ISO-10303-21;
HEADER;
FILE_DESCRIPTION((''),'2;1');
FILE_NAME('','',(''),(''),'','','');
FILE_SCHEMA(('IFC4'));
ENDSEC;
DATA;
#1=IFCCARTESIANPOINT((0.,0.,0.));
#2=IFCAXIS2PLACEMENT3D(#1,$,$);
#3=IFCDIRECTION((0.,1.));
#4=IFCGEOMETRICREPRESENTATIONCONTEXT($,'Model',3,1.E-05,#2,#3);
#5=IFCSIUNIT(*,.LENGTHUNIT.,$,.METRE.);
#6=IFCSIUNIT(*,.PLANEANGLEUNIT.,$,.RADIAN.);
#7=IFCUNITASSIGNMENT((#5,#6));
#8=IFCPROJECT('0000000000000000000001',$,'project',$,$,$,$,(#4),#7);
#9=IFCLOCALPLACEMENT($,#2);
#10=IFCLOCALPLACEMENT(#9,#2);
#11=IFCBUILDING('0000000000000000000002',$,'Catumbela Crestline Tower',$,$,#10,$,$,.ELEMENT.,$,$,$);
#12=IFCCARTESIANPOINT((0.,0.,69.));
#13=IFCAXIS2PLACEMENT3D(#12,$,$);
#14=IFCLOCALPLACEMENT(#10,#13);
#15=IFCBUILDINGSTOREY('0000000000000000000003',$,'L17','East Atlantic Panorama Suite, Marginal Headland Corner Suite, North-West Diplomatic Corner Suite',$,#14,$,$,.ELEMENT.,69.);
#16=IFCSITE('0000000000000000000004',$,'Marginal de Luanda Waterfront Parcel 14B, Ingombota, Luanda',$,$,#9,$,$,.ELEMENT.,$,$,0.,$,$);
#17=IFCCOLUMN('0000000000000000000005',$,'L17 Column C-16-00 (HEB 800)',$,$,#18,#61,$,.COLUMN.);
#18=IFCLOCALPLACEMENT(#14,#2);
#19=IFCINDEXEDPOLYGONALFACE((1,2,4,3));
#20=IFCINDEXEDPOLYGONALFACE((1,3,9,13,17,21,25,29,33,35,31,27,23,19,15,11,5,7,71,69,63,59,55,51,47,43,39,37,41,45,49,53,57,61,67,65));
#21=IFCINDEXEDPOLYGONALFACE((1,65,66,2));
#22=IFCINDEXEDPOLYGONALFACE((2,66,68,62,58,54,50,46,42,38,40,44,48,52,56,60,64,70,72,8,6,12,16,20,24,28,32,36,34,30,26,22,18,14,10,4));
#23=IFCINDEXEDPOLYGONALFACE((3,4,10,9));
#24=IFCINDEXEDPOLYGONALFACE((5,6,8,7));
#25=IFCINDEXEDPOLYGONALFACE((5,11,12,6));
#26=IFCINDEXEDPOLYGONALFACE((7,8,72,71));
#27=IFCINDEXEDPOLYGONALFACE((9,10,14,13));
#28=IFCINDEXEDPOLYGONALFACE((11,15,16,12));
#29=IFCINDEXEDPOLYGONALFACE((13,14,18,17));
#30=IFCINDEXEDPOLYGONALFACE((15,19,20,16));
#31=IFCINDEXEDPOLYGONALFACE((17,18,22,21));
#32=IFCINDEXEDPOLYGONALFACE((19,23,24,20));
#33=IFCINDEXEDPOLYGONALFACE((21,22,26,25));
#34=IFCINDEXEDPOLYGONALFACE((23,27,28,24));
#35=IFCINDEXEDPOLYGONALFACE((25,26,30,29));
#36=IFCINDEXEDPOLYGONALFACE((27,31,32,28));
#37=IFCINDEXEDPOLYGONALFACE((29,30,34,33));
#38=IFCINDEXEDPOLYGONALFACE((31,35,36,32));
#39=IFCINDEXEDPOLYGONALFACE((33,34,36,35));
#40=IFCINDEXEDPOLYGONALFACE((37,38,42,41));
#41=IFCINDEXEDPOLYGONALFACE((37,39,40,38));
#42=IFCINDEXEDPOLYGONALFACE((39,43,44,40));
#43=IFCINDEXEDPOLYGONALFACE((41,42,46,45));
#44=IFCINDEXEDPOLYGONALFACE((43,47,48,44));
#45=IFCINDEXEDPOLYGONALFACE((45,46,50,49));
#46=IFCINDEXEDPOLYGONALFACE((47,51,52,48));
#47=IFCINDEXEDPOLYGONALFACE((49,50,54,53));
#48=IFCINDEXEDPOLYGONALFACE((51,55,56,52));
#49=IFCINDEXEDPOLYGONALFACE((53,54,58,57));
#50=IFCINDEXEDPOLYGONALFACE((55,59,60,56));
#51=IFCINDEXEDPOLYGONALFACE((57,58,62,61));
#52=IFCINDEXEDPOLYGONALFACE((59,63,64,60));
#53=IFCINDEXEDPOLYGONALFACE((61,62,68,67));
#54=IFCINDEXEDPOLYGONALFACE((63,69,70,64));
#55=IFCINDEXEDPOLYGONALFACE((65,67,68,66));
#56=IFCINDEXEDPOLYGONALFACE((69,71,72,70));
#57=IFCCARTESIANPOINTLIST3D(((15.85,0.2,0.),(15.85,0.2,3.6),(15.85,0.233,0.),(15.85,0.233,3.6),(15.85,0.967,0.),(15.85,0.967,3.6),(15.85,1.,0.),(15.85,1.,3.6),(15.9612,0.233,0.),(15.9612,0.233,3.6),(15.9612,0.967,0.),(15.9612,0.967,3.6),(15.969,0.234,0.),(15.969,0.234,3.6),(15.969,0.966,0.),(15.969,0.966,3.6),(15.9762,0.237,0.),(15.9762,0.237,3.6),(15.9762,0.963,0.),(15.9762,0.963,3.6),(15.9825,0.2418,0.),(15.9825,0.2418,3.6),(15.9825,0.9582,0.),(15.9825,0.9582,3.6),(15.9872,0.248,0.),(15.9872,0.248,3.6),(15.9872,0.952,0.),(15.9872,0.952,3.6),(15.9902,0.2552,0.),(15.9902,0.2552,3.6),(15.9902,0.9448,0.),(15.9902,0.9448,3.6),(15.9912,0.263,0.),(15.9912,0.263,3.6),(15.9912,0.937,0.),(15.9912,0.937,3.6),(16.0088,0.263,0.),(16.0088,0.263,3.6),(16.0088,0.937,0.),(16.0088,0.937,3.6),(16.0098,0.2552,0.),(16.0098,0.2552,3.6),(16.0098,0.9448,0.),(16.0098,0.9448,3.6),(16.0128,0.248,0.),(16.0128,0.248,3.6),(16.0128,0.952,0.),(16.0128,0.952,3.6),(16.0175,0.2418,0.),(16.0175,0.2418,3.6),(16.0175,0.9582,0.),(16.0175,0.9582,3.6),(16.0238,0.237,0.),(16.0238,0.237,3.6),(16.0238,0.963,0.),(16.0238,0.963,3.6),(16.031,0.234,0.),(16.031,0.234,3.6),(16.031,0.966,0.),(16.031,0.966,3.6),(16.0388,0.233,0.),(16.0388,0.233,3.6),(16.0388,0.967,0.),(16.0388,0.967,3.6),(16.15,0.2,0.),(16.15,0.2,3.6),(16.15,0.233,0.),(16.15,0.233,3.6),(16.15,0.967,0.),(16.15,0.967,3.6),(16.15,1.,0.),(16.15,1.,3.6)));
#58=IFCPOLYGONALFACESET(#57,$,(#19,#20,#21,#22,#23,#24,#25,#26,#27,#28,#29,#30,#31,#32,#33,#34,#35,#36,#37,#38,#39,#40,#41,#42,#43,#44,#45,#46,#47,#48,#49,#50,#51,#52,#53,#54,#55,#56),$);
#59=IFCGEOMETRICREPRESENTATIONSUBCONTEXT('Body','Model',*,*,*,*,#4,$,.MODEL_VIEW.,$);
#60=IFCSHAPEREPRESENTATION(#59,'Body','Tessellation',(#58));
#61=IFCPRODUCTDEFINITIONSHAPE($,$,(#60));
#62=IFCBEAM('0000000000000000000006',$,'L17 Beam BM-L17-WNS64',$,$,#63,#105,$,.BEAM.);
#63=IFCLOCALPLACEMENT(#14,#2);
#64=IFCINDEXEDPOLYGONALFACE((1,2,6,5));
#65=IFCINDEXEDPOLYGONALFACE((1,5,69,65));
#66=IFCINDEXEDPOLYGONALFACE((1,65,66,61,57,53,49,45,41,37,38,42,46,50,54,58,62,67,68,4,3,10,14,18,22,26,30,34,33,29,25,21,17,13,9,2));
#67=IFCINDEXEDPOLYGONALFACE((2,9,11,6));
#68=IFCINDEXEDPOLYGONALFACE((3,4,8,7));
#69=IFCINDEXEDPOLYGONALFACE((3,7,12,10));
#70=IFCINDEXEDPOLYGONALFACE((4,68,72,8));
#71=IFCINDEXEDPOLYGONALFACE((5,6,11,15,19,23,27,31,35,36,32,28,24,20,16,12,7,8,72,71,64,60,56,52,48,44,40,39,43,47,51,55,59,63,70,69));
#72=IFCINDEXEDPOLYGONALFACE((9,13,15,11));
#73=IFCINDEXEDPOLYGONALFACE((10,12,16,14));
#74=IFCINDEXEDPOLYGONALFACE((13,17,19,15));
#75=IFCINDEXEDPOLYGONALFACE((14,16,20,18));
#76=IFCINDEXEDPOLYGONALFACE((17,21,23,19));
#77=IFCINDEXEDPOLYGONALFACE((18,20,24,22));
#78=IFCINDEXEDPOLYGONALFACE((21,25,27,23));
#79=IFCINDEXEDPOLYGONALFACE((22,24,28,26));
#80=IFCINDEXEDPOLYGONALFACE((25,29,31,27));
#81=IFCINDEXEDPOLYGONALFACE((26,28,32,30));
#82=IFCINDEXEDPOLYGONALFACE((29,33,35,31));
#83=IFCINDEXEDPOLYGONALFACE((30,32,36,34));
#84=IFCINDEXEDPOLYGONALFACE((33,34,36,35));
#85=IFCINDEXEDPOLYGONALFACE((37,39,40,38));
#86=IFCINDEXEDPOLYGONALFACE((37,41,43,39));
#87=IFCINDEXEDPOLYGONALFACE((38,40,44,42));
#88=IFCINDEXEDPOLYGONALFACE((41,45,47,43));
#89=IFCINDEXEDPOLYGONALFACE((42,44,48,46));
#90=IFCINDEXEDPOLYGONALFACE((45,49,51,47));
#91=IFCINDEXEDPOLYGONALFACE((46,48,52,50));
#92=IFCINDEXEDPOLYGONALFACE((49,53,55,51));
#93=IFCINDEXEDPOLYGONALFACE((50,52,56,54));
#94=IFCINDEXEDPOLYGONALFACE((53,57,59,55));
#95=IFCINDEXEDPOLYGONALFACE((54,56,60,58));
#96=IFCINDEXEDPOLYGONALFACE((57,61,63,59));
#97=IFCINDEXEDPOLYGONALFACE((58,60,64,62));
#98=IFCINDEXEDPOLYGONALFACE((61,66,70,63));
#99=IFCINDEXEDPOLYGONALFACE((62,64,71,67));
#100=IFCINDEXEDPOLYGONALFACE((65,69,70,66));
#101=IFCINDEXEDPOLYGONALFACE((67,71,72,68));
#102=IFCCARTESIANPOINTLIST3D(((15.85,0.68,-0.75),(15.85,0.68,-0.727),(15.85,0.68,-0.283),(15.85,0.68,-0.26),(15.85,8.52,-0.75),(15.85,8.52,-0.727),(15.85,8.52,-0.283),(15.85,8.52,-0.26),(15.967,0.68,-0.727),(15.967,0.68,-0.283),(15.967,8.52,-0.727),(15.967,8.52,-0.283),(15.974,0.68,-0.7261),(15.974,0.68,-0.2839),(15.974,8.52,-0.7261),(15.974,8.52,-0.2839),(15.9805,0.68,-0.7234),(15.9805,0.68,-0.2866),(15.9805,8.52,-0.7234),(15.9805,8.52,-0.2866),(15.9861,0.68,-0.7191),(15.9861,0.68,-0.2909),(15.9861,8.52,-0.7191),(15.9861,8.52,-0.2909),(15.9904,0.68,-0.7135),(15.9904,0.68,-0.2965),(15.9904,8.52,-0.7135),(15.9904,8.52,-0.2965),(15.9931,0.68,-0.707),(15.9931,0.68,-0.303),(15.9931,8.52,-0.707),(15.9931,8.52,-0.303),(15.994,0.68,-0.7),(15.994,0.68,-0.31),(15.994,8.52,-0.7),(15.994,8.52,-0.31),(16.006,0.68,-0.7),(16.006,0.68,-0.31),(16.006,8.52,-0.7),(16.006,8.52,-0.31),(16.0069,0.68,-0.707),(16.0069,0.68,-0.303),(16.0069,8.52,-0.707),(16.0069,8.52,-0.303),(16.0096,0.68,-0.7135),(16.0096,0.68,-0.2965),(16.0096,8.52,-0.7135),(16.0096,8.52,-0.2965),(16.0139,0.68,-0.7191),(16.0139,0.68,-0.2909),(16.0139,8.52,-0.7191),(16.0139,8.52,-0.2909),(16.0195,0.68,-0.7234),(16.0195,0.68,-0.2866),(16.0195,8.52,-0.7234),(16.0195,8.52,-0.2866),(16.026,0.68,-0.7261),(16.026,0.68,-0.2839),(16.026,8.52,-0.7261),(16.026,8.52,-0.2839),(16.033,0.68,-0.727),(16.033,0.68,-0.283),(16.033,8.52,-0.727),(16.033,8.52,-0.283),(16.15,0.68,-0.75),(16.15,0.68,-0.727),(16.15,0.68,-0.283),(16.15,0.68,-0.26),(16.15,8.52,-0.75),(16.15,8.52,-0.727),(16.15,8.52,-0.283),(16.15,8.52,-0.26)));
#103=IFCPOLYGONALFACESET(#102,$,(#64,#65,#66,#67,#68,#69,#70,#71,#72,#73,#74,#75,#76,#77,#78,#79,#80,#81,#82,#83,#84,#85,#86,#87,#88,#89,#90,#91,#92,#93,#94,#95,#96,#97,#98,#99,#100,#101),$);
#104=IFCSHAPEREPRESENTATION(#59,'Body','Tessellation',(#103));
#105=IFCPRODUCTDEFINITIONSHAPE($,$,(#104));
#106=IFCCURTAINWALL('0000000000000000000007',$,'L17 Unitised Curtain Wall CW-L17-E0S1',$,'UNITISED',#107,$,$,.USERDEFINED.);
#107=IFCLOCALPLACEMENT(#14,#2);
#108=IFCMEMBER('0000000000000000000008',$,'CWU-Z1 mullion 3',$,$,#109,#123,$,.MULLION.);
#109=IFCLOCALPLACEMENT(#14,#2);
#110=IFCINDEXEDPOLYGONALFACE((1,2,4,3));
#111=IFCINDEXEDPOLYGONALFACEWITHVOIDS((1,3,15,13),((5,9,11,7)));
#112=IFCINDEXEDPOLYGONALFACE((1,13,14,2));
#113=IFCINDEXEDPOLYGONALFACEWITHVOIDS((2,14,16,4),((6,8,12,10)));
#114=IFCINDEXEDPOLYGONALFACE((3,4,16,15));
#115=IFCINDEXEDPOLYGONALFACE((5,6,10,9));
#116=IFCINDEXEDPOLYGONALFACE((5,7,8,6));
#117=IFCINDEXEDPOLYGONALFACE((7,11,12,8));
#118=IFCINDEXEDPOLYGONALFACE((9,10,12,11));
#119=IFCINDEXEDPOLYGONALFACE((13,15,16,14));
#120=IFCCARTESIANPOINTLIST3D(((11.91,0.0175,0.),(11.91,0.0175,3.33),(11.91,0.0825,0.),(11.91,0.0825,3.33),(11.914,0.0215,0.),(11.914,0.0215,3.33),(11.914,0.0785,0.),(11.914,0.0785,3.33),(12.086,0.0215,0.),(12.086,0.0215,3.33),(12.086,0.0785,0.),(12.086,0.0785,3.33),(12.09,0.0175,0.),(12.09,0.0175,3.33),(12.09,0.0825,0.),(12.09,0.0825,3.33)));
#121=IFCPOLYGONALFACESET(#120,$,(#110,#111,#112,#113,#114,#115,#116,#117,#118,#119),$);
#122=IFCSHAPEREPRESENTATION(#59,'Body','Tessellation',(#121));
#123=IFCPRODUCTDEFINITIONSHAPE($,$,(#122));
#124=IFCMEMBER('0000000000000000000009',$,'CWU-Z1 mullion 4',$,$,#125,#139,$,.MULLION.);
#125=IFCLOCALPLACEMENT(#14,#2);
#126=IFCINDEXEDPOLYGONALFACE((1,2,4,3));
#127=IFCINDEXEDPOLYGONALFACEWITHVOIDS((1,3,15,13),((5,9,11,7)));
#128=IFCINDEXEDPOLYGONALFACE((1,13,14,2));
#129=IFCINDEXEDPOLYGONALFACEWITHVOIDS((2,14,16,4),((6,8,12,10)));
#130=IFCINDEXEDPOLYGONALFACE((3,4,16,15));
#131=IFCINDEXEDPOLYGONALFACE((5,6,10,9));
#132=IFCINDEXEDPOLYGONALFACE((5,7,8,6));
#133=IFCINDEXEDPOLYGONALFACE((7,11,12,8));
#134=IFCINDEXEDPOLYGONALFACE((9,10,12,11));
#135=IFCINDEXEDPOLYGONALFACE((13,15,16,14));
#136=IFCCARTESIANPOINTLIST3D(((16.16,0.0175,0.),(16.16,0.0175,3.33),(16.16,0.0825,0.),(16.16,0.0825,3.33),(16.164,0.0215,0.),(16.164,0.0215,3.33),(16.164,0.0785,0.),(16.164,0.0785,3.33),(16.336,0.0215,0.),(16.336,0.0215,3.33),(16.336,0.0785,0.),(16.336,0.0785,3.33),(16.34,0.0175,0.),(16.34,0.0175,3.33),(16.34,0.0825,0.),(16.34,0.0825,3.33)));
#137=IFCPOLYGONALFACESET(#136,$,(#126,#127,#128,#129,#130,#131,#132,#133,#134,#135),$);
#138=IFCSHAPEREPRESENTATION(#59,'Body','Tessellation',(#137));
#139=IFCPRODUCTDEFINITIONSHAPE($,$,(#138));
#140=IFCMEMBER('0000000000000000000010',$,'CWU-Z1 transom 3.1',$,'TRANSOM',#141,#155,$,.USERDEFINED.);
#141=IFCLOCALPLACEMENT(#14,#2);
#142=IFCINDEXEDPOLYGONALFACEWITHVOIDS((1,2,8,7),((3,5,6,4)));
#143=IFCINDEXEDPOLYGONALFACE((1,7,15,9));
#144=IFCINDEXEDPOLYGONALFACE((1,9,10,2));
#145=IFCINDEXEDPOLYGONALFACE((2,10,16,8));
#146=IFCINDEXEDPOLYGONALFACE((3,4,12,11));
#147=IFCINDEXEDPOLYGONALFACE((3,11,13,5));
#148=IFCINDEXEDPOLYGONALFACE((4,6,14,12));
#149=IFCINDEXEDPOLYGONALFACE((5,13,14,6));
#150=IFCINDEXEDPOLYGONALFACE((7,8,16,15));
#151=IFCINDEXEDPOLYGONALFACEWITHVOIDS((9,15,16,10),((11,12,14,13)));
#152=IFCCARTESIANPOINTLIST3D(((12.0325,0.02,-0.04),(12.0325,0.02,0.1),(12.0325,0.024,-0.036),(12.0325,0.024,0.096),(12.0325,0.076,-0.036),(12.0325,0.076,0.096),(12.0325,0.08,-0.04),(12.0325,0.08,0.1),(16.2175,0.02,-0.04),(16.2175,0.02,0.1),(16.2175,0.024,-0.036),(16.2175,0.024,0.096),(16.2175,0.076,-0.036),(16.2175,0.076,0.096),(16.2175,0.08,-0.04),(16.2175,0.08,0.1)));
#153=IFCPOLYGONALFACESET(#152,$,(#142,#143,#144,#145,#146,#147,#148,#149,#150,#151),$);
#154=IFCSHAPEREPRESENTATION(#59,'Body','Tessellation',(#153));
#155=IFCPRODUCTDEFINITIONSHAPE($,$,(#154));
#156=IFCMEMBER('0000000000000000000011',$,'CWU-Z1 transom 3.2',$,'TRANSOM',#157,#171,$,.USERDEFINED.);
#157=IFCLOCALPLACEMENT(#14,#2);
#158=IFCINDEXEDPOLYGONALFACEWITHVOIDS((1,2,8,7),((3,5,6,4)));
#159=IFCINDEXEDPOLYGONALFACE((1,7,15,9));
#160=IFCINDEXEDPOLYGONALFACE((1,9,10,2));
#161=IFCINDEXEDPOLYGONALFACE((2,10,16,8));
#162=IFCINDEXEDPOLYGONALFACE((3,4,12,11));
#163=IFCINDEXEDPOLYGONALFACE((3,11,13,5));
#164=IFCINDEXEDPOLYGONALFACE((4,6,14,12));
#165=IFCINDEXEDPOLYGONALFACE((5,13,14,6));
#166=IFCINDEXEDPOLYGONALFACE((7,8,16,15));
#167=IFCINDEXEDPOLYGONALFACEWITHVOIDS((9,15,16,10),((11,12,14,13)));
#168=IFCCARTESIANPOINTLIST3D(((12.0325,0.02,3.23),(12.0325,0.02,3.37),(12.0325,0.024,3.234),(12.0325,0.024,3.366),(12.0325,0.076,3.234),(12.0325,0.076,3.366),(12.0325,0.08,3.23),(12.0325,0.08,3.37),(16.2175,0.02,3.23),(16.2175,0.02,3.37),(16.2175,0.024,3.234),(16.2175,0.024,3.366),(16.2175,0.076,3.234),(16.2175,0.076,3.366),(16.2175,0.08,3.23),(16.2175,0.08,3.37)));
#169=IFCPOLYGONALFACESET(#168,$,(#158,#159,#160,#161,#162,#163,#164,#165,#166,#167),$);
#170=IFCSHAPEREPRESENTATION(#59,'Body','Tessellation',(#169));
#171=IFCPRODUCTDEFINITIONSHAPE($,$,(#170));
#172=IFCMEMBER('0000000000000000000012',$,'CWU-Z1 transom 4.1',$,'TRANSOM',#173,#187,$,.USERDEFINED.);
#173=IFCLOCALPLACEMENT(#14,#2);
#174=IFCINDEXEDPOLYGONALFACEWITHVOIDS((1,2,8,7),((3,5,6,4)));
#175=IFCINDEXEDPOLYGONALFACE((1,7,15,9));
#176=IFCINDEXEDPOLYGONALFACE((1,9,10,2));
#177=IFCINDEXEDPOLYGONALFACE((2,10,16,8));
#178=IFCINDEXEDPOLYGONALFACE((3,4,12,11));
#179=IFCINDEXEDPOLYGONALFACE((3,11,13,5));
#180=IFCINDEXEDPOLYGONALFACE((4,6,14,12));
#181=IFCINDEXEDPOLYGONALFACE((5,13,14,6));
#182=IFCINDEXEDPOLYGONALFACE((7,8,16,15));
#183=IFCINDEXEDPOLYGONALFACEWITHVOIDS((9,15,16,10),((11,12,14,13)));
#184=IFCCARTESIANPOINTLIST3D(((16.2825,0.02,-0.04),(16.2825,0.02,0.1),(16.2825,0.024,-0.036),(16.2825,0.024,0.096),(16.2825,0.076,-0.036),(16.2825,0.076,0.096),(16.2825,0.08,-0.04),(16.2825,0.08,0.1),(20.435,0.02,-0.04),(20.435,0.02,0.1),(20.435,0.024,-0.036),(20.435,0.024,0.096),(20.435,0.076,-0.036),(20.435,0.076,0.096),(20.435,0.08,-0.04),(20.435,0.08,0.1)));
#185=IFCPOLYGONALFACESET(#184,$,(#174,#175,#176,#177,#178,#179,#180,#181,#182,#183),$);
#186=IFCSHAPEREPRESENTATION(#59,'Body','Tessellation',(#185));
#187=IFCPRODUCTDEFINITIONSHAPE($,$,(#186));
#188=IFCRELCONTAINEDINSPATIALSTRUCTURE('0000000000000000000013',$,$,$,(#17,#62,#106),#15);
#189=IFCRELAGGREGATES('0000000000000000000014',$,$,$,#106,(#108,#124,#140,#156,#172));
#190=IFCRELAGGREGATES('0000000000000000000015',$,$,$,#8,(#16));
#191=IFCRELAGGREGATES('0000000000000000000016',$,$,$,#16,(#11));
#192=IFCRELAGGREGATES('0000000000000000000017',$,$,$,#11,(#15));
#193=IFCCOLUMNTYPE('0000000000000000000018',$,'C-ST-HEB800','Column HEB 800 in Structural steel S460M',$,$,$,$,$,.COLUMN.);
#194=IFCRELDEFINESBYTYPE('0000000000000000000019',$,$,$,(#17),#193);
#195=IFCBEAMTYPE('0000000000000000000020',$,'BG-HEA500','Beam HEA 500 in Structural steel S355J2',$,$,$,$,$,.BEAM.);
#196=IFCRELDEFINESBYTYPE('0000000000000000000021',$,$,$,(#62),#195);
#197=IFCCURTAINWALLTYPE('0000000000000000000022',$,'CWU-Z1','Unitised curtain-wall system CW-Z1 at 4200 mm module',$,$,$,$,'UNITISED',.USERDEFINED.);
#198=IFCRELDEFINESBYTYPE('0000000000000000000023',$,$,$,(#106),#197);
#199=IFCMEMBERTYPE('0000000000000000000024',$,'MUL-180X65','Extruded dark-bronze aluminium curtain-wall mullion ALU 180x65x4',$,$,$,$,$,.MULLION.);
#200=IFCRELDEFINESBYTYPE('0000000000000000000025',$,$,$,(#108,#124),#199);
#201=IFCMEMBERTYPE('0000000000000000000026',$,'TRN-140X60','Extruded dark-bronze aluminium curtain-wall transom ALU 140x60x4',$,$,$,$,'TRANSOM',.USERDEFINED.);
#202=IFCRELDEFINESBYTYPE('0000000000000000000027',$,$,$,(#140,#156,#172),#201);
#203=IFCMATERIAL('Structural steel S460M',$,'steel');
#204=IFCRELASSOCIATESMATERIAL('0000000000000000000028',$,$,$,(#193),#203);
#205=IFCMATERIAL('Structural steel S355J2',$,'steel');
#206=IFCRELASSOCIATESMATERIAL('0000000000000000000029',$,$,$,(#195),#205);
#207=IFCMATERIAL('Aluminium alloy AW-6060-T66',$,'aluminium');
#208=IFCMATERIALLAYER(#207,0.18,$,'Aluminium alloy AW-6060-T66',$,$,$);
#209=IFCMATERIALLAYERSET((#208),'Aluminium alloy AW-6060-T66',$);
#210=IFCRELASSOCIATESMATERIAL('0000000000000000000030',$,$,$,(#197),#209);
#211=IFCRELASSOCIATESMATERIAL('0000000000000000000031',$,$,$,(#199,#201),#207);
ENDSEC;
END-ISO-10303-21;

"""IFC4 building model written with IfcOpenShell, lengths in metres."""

from ifc_helpers import new_model, si_unit, direction, frame, origin, origin_2d, place, context, subcontext, project, spatial, hollow_rectangle, i_section, extrude, material, layer, layer_set, material_profile, profile_set, type_object, element, aggregate, save


model = new_model("IFC4")

# Units and contexts
model_context = context("Model", 3, precision=1e-05, world=origin(), true_north=direction((0.0, 1.0)))
body_context = subcontext(model_context, "Body", "Model", "MODEL_VIEW")
ifc_project = project(units=[si_unit("LENGTHUNIT", "METRE"), si_unit("PLANEANGLEUNIT", "RADIAN")], contexts=[model_context])

# Site, building, storey
site_placement = place(None, origin())
site = spatial("IfcSite", under=ifc_project, at=site_placement, Name="Marginal de Luanda Waterfront Parcel 14B, Ingombota, Luanda", CompositionType="ELEMENT", RefElevation=0.0)
building_placement = place(site_placement, origin())
building = spatial("IfcBuilding", under=site, at=building_placement, Name="Catumbela Crestline Tower", CompositionType="ELEMENT")
storey_placement = place(building_placement, frame((0.0, 0.0, 69.0)))
storey = spatial("IfcBuildingStorey", under=building, at=storey_placement, Name="L17", Description="East Atlantic Panorama Suite, Marginal Headland Corner Suite, North-West Diplomatic Corner Suite", CompositionType="ELEMENT", Elevation=69.0)

# Column
ifc_material_1 = material(Name="Structural steel S460M", Category="steel")
ifc_material_profile_1 = material_profile(ifc_material_1, i_section(OverallWidth=0.3, OverallDepth=0.8, WebThickness=0.0175, FlangeThickness=0.033, FilletRadius=0.03, at=origin_2d()), Name="HEB 800")
ifc_profile_set_1 = profile_set([ifc_material_profile_1], Name="Structural steel S460M")
column_type = type_object("IfcColumnType", Name="C-ST-HEB800", Description="Column HEB 800 in Structural steel S460M", PredefinedType="COLUMN", material=ifc_profile_set_1)
column_placement = place(storey_placement, frame((16.0, 0.6, 0.0), z_axis=(0.0, 0.0, 1.0), x_axis=(1.0, 0.0, 0.0)))
element("IfcColumn", 1, at=column_placement, inside=storey, type_object=column_type, Name="L17 Column C-16-00 (HEB 800)", PredefinedType="COLUMN", context=body_context, shape_type="SweptSolid", body=[
    extrude(i_section(OverallWidth=0.3, OverallDepth=0.8, WebThickness=0.0175, FlangeThickness=0.033, FilletRadius=0.03, at=origin_2d()), origin(), (0.0, 0.0, 1.0), 3.6),
])

# Beam
ifc_material_2 = material(Name="Structural steel S355J2", Category="steel")
ifc_material_profile_2 = material_profile(ifc_material_2, i_section(OverallWidth=0.3, OverallDepth=0.49, WebThickness=0.012, FlangeThickness=0.023, FilletRadius=0.027, at=origin_2d()), Name="HEA 500")
ifc_profile_set_2 = profile_set([ifc_material_profile_2], Name="Structural steel S355J2")
beam_type = type_object("IfcBeamType", Name="BG-HEA500", Description="Beam HEA 500 in Structural steel S355J2", PredefinedType="BEAM", material=ifc_profile_set_2)
beam_placement = place(storey_placement, frame((16.0, 0.68, -0.505), z_axis=(0.0, 1.0, 0.0), x_axis=(-1.0, 0.0, 0.0)))
element("IfcBeam", 2, at=beam_placement, inside=storey, type_object=beam_type, Name="L17 Beam BM-L17-WNS64", PredefinedType="BEAM", context=body_context, shape_type="SweptSolid", body=[
    extrude(i_section(OverallWidth=0.3, OverallDepth=0.49, WebThickness=0.012, FlangeThickness=0.023, FilletRadius=0.027, at=origin_2d()), origin(), (0.0, 0.0, 1.0), 7.84),
])

# Curtain wall, members
ifc_material_3 = material(Name="Aluminium alloy AW-6060-T66", Category="aluminium")
ifc_layer_1 = layer(ifc_material_3, 0.18, Name="Aluminium alloy AW-6060-T66")
ifc_layer_set_1 = layer_set([ifc_layer_1], Name="Aluminium alloy AW-6060-T66")
curtain_wall_type = type_object("IfcCurtainWallType", Name="CWU-Z1", Description="Unitised curtain-wall system CW-Z1 at 4200 mm module", ElementType="UNITISED", PredefinedType="USERDEFINED", material=ifc_layer_set_1)
curtain_wall_placement = place(storey_placement, origin())
curtain_wall = element("IfcCurtainWall", 3, at=curtain_wall_placement, inside=storey, type_object=curtain_wall_type, Name="L17 Unitised Curtain Wall CW-L17-E0S1", ObjectType="UNITISED", PredefinedType="USERDEFINED")
ifc_material_profile_3 = material_profile(ifc_material_3, hollow_rectangle(XDim=0.065, YDim=0.18, WallThickness=0.004, at=origin_2d()), Name="ALU 180x65x4")
ifc_profile_set_3 = profile_set([ifc_material_profile_3], Name="Aluminium alloy AW-6060-T66")
member_type_1 = type_object("IfcMemberType", Name="MUL-180X65", Description="Extruded dark-bronze aluminium curtain-wall mullion ALU 180x65x4", PredefinedType="MULLION", material=ifc_profile_set_3)
member_1_placement = place(storey_placement, frame((12.0, 0.05, 0.0), z_axis=(0.0, 0.0, 1.0), x_axis=(0.0, 1.0, 0.0)))
member_1 = element("IfcMember", 4, at=member_1_placement, type_object=member_type_1, Name="CWU-Z1 mullion 3", PredefinedType="MULLION", context=body_context, shape_type="SweptSolid", body=[
    extrude(hollow_rectangle(XDim=0.065, YDim=0.18, WallThickness=0.004, at=origin_2d()), origin(), (0.0, 0.0, 1.0), 3.33),
])
member_2_placement = place(storey_placement, frame((16.25, 0.05, 0.0), z_axis=(0.0, 0.0, 1.0), x_axis=(0.0, 1.0, 0.0)))
member_2 = element("IfcMember", 5, at=member_2_placement, type_object=member_type_1, Name="CWU-Z1 mullion 4", PredefinedType="MULLION", context=body_context, shape_type="SweptSolid", body=[
    extrude(hollow_rectangle(XDim=0.065, YDim=0.18, WallThickness=0.004, at=origin_2d()), origin(), (0.0, 0.0, 1.0), 3.33),
])
ifc_material_profile_4 = material_profile(ifc_material_3, hollow_rectangle(XDim=0.06, YDim=0.14, WallThickness=0.004, at=origin_2d()), Name="ALU 140x60x4")
ifc_profile_set_4 = profile_set([ifc_material_profile_4], Name="Aluminium alloy AW-6060-T66")
member_type_2 = type_object("IfcMemberType", Name="TRN-140X60", Description="Extruded dark-bronze aluminium curtain-wall transom ALU 140x60x4", ElementType="TRANSOM", PredefinedType="USERDEFINED", material=ifc_profile_set_4)
member_3_placement = place(storey_placement, frame((12.0325, 0.05, 0.03), z_axis=(1.0, 0.0, 0.0), x_axis=(0.0, 1.0, 0.0)))
member_3 = element("IfcMember", 6, at=member_3_placement, type_object=member_type_2, Name="CWU-Z1 transom 3.1", ObjectType="TRANSOM", PredefinedType="USERDEFINED", context=body_context, shape_type="SweptSolid", body=[
    extrude(hollow_rectangle(XDim=0.06, YDim=0.14, WallThickness=0.004, at=origin_2d()), origin(), (0.0, 0.0, 1.0), 4.185),
])
member_4_placement = place(storey_placement, frame((12.0325, 0.05, 3.3), z_axis=(1.0, 0.0, 0.0), x_axis=(0.0, 1.0, 0.0)))
member_4 = element("IfcMember", 7, at=member_4_placement, type_object=member_type_2, Name="CWU-Z1 transom 3.2", ObjectType="TRANSOM", PredefinedType="USERDEFINED", context=body_context, shape_type="SweptSolid", body=[
    extrude(hollow_rectangle(XDim=0.06, YDim=0.14, WallThickness=0.004, at=origin_2d()), origin(), (0.0, 0.0, 1.0), 4.185),
])
member_5_placement = place(storey_placement, frame((16.2825, 0.05, 0.03), z_axis=(1.0, 0.0, 0.0), x_axis=(0.0, 1.0, 0.0)))
member_5 = element("IfcMember", 8, at=member_5_placement, type_object=member_type_2, Name="CWU-Z1 transom 4.1", ObjectType="TRANSOM", PredefinedType="USERDEFINED", context=body_context, shape_type="SweptSolid", body=[
    extrude(hollow_rectangle(XDim=0.06, YDim=0.14, WallThickness=0.004, at=origin_2d()), origin(), (0.0, 0.0, 1.0), 4.1525),
])
aggregate(curtain_wall, [member_1, member_2, member_3, member_4, member_5])

save(model, "model.ifc")
